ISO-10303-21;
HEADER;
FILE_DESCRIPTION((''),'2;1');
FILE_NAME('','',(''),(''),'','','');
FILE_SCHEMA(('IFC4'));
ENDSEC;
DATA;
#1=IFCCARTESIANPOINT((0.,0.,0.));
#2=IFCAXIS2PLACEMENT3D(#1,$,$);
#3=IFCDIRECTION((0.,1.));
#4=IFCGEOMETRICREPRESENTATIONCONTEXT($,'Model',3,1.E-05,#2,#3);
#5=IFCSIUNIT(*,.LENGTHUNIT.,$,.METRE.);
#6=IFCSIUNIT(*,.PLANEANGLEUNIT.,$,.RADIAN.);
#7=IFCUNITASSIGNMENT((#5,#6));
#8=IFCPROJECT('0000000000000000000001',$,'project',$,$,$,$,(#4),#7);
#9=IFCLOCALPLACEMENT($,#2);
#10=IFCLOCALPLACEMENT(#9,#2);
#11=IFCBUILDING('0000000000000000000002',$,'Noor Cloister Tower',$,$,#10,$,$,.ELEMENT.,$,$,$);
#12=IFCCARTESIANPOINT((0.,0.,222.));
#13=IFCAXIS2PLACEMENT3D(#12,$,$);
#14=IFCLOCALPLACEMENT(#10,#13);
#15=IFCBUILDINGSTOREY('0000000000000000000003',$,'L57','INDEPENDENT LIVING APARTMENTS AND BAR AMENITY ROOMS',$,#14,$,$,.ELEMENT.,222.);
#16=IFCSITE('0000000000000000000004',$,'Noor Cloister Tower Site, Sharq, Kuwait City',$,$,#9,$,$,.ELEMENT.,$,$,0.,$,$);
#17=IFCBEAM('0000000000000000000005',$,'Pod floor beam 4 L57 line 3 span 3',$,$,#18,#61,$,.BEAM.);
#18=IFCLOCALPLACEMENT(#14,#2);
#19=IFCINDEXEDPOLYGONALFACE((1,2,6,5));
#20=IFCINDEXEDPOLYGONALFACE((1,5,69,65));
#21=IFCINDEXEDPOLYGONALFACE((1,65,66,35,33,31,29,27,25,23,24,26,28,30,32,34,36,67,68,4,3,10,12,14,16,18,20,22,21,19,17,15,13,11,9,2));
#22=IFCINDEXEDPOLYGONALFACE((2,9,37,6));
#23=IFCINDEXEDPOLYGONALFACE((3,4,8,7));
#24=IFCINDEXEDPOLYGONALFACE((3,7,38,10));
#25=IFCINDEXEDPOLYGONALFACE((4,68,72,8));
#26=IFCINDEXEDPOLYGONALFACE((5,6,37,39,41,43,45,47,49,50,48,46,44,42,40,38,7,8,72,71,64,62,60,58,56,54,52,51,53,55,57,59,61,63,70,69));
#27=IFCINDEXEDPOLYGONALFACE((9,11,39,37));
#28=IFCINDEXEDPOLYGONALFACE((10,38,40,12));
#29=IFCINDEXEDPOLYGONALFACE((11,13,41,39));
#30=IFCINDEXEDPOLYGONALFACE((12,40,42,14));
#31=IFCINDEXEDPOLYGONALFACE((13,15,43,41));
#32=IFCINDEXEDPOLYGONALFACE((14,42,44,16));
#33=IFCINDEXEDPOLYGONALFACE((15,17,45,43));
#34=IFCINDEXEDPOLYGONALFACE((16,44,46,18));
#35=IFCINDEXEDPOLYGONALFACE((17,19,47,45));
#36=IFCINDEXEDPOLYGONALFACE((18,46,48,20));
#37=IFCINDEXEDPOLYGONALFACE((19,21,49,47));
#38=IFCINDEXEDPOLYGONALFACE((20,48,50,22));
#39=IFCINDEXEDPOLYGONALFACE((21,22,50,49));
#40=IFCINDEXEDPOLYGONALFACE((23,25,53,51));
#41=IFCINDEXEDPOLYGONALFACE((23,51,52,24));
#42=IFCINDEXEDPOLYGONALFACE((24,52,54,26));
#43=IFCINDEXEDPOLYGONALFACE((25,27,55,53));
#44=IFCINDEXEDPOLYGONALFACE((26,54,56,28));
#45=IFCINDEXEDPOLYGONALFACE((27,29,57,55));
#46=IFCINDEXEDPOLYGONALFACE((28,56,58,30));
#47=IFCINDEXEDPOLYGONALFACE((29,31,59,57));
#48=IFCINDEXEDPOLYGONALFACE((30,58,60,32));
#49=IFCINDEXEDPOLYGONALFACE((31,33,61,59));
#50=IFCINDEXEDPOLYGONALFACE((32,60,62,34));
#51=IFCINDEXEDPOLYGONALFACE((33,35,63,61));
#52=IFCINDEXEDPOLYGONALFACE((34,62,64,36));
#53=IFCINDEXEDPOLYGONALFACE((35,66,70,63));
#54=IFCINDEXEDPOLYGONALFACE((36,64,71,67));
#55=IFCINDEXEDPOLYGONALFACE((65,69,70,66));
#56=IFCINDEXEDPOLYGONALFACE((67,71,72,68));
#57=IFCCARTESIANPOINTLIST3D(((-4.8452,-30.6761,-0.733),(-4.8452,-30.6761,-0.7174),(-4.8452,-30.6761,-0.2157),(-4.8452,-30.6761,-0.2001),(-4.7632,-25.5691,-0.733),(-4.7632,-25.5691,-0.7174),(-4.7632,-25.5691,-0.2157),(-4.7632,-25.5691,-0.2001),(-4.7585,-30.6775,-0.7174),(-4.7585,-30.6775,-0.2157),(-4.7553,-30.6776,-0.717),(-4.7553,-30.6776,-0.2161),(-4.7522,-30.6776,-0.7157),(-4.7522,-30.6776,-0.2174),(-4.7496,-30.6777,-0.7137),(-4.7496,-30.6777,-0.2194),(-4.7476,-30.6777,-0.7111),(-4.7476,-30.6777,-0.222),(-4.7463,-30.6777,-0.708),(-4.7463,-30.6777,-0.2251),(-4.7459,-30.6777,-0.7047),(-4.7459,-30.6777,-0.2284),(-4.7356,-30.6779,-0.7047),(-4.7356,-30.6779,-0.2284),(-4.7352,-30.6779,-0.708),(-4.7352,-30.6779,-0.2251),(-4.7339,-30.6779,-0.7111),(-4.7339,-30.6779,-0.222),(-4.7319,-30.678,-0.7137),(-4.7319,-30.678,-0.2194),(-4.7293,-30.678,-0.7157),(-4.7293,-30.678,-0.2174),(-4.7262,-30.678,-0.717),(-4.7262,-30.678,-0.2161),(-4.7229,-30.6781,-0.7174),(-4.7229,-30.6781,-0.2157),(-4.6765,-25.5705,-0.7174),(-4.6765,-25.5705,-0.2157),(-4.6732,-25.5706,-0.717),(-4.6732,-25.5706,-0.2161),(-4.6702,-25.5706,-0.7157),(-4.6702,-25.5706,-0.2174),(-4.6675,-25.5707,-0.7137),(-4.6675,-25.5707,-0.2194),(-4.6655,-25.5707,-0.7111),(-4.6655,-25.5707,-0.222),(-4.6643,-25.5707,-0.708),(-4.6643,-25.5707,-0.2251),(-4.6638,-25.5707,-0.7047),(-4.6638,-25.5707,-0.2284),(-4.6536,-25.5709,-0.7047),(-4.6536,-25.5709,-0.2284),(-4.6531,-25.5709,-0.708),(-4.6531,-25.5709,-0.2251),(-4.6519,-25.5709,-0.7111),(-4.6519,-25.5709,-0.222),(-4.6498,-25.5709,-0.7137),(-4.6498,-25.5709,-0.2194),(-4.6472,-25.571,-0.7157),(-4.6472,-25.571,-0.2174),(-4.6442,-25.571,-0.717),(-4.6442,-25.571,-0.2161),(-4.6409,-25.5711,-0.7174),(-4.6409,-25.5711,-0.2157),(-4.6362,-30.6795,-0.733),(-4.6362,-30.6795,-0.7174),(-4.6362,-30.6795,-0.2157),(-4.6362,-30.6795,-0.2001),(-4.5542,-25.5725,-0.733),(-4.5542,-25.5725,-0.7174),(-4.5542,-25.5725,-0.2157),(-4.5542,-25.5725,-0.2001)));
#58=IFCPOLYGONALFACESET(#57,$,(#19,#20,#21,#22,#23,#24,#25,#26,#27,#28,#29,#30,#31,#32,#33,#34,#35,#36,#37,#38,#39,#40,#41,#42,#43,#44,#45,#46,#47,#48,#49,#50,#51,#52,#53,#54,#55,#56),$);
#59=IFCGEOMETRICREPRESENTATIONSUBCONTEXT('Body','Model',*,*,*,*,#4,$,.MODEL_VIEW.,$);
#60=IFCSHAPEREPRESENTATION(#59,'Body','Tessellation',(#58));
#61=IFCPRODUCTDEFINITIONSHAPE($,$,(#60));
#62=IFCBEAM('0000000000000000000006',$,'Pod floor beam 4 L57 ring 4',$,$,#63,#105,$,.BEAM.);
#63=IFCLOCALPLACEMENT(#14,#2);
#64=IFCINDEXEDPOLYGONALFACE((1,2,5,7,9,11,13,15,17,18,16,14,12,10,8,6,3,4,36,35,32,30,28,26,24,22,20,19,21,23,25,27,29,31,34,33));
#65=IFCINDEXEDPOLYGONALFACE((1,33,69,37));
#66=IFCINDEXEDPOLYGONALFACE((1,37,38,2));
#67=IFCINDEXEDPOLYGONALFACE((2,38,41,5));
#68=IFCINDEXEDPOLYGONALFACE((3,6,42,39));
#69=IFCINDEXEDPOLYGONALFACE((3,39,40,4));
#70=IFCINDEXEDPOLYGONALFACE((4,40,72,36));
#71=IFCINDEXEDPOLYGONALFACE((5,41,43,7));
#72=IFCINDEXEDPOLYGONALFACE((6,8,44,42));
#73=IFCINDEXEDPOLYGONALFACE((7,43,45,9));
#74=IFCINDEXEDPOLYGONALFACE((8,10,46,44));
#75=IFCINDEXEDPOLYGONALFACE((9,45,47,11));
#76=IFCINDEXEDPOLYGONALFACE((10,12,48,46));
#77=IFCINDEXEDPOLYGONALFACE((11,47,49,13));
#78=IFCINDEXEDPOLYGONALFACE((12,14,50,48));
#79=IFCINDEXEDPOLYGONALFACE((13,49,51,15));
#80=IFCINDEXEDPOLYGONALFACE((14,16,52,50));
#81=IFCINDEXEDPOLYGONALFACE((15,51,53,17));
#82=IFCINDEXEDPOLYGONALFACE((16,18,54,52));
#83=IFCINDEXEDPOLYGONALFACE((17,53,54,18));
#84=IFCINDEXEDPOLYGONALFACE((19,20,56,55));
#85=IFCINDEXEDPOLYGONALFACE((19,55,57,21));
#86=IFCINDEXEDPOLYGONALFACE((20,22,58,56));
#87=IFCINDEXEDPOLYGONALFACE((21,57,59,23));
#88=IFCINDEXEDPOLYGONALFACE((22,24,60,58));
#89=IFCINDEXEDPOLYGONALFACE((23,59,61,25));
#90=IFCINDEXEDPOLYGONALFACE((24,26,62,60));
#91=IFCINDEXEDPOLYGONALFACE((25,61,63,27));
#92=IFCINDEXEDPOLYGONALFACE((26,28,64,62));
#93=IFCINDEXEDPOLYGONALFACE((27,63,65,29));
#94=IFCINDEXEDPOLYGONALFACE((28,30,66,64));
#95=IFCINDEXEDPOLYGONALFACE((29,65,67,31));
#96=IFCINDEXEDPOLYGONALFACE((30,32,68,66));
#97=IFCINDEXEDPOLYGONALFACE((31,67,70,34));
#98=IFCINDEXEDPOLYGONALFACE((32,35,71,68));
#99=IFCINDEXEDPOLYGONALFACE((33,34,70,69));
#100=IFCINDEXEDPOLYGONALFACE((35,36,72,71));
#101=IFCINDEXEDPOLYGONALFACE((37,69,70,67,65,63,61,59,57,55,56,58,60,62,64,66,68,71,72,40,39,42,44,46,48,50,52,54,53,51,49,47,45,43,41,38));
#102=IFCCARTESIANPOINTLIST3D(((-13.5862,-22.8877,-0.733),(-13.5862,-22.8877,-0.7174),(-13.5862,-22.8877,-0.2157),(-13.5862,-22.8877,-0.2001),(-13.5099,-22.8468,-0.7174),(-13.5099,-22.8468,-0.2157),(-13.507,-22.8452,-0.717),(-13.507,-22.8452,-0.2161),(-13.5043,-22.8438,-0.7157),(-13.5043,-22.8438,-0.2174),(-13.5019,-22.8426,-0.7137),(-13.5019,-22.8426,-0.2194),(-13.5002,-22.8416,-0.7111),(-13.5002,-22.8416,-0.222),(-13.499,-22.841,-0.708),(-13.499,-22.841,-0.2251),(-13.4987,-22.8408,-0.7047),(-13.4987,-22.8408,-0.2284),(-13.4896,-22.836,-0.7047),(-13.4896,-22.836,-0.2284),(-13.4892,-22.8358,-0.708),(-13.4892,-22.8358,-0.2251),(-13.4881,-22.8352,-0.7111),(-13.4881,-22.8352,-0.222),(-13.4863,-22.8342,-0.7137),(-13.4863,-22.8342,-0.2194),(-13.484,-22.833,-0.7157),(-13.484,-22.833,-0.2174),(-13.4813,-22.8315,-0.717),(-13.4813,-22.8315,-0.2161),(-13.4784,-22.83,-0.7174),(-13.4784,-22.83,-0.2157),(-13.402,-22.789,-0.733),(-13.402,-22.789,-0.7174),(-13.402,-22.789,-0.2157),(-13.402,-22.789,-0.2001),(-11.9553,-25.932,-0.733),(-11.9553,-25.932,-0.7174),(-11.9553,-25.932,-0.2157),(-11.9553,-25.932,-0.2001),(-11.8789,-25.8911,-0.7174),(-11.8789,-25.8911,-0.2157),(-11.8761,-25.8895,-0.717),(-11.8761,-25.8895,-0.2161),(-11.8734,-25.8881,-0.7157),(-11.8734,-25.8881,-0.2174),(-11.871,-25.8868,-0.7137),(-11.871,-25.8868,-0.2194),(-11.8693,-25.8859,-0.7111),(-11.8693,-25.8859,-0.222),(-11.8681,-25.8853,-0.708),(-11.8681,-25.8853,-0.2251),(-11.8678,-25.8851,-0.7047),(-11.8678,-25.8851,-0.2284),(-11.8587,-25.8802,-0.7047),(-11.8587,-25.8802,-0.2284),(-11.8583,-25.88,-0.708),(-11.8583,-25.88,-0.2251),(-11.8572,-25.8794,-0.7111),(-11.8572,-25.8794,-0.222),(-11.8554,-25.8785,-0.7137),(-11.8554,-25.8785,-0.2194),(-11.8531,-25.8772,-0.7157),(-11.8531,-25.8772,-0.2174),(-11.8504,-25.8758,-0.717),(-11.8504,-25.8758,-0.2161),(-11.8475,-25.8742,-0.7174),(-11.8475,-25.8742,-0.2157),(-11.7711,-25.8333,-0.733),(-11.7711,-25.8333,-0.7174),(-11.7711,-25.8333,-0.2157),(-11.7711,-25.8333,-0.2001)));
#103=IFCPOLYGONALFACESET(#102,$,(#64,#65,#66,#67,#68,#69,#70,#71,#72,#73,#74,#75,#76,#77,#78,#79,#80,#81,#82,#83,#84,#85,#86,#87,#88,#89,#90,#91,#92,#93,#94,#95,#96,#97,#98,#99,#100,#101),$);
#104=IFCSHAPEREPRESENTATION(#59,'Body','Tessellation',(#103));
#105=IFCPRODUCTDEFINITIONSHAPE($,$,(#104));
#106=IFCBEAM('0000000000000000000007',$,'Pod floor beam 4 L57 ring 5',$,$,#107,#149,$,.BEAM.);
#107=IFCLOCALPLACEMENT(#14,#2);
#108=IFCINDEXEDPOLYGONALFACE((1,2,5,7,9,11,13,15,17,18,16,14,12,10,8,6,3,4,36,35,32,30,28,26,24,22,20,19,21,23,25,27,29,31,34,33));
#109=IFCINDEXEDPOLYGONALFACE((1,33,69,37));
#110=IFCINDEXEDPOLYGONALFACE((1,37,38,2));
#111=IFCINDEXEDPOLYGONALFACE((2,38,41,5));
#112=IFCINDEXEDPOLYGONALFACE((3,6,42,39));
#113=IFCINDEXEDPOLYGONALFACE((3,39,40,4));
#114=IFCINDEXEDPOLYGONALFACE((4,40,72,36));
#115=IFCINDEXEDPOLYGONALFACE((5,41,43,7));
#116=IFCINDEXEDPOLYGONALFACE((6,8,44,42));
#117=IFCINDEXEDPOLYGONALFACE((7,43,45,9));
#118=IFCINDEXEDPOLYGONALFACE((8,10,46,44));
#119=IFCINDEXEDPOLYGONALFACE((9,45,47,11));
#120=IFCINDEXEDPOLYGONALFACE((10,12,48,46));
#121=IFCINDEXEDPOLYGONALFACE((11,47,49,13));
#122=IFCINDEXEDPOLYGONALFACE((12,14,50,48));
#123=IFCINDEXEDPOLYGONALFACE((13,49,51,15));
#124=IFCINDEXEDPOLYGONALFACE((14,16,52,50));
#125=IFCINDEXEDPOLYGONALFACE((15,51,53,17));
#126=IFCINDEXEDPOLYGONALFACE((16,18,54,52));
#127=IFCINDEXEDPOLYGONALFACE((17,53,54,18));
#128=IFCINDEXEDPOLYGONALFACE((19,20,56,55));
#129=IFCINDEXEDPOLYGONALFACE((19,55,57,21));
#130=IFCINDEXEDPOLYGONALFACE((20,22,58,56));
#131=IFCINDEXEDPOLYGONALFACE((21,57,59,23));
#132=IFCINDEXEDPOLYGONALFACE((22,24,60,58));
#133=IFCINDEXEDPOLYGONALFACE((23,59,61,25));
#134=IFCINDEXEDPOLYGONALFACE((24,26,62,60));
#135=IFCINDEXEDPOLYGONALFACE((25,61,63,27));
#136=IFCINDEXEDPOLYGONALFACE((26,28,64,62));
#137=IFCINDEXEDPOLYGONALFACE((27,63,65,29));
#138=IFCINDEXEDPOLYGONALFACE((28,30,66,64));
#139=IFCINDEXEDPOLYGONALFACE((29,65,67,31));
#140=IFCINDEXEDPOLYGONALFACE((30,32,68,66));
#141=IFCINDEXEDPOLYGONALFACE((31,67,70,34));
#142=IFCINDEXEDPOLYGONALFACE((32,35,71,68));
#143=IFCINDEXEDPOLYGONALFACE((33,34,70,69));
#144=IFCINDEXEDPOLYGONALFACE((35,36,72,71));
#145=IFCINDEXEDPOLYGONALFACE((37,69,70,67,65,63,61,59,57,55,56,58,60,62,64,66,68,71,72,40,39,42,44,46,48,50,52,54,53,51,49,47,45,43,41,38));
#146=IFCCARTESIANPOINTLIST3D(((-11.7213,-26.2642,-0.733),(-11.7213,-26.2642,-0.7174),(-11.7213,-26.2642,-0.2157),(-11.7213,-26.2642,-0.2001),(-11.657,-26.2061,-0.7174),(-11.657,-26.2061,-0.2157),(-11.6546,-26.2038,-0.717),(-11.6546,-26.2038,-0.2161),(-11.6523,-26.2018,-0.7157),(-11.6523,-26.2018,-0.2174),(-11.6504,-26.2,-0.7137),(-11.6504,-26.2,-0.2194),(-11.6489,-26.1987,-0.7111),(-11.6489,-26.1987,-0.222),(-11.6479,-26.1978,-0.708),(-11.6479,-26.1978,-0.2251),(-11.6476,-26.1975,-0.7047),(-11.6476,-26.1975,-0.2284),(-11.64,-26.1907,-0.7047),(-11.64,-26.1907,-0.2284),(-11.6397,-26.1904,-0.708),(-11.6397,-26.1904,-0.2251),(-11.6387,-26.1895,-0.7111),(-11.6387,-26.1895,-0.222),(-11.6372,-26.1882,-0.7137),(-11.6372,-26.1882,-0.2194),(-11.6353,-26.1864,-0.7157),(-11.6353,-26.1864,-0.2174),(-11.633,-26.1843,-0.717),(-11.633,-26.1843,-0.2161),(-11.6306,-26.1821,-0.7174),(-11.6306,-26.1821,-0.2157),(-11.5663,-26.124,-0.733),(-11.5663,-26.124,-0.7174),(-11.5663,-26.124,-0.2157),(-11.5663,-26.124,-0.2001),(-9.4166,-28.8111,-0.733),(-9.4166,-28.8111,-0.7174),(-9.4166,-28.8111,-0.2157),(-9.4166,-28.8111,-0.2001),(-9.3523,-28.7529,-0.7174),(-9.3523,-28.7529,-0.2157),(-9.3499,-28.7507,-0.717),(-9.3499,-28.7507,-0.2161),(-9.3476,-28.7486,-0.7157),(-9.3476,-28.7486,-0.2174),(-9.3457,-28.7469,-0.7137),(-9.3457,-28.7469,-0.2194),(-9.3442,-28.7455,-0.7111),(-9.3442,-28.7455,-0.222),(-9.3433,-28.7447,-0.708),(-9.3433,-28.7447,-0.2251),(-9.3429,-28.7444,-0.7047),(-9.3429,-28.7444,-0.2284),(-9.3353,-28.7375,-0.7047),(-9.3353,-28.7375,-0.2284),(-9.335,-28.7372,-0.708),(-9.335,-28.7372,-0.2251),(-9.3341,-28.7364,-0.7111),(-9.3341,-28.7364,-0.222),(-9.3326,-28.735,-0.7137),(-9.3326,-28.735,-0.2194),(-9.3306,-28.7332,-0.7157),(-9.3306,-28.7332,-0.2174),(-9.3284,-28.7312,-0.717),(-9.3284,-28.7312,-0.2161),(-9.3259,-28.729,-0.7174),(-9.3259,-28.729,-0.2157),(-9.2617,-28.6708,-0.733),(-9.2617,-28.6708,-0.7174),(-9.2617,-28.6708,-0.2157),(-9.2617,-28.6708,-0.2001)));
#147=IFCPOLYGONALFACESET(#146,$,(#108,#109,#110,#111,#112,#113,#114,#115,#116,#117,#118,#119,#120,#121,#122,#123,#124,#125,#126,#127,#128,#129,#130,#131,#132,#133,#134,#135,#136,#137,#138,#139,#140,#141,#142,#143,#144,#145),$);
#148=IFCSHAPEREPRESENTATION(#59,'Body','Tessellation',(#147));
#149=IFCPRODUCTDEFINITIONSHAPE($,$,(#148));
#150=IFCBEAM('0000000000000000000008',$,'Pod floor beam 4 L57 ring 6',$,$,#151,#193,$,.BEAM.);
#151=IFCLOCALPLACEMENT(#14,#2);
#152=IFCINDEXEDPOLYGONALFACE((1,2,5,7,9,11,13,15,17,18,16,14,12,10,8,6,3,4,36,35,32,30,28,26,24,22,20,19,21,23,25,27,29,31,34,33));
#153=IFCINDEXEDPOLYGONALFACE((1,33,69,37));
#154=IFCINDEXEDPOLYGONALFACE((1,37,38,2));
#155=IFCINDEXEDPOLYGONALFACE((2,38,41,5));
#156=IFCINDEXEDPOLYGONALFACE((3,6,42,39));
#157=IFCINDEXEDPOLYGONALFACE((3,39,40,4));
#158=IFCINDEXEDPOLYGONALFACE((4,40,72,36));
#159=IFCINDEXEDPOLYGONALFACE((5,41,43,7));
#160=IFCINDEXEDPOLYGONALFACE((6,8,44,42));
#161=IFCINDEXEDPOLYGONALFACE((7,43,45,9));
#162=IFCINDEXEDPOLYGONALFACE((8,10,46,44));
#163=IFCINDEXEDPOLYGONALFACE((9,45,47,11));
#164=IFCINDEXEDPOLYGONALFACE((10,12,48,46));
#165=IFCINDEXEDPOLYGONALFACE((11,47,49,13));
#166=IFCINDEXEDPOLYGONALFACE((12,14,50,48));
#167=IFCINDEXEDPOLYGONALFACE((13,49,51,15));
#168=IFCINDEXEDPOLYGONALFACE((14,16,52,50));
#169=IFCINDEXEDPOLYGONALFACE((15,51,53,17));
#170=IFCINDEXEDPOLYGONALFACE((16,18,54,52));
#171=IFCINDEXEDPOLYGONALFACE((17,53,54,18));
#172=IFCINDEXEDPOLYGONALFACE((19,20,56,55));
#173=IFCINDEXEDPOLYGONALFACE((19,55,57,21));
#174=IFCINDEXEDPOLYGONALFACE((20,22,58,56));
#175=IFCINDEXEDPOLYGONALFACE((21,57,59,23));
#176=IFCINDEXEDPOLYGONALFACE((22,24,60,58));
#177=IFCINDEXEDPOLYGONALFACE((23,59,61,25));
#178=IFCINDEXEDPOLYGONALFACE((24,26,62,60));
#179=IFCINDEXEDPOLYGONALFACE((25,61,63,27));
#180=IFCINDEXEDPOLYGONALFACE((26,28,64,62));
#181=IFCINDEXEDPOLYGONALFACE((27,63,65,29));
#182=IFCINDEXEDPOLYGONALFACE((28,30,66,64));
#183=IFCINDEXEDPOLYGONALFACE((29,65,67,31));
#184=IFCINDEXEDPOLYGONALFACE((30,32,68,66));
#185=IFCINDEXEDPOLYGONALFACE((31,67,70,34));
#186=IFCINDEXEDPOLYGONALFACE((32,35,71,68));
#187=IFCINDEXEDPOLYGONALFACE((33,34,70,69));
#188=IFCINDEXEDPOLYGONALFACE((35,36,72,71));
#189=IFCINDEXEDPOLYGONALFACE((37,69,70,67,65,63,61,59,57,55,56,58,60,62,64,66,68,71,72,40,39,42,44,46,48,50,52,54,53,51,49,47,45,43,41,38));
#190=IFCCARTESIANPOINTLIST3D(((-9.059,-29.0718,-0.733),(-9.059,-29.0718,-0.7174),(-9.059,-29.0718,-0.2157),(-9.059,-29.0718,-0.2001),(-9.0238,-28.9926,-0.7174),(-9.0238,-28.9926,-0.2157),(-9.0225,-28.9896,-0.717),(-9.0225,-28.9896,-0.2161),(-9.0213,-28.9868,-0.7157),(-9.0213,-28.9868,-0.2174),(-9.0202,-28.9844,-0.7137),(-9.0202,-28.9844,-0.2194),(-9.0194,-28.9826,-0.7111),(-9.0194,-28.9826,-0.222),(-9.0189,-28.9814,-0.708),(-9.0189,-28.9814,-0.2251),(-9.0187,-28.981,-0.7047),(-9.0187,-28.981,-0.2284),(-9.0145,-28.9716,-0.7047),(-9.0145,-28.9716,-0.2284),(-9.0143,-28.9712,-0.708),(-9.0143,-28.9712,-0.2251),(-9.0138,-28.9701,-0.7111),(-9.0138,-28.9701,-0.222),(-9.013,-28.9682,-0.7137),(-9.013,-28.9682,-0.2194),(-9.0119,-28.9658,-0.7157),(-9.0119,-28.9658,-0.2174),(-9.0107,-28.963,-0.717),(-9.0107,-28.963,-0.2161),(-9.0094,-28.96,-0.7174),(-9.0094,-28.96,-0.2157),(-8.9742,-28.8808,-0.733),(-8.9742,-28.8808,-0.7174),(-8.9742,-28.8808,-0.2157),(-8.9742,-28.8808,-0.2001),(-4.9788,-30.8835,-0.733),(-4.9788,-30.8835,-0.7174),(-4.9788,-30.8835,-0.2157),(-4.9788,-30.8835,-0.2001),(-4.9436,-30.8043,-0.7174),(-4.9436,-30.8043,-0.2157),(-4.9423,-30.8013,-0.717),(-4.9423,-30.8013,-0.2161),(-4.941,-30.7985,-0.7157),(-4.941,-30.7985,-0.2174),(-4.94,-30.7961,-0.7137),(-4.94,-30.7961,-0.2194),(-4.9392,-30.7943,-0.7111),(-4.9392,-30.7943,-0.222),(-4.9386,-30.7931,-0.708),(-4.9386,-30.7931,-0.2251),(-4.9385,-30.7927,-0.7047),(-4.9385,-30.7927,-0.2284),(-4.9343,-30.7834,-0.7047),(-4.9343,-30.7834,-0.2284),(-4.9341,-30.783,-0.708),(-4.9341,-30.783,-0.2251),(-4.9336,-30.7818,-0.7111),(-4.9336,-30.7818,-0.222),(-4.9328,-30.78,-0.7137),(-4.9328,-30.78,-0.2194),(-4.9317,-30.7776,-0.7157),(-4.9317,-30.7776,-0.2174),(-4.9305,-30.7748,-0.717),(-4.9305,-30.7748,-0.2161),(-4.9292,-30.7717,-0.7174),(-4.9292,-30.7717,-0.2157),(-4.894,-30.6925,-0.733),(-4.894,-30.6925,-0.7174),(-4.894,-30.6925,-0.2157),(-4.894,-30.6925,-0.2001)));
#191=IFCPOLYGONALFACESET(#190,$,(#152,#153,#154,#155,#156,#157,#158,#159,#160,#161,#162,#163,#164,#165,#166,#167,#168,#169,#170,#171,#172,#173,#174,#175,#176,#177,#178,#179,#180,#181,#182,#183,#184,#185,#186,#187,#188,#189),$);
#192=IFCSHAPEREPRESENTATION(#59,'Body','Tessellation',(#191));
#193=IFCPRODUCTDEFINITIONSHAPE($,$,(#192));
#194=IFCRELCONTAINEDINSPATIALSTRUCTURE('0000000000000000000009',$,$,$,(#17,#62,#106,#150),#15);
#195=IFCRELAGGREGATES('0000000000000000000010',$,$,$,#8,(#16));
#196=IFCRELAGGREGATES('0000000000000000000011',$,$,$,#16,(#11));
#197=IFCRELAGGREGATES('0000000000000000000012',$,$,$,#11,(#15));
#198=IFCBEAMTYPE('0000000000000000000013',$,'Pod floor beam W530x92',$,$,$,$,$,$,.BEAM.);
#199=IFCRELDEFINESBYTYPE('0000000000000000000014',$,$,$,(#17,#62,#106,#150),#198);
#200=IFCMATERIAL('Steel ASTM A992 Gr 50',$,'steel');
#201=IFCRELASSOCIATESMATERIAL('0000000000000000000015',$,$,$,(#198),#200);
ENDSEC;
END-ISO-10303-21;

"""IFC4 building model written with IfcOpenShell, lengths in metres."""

from ifc_helpers import new_model, si_unit, direction, frame, origin, origin_2d, place, context, subcontext, project, spatial, i_section, extrude, material, material_profile, profile_set, type_object, element, save


model = new_model("IFC4")

# Units and contexts
model_context = context("Model", 3, precision=1e-05, world=origin(), true_north=direction((0.0, 1.0)))
body_context = subcontext(model_context, "Body", "Model", "MODEL_VIEW")
ifc_project = project(units=[si_unit("LENGTHUNIT", "METRE"), si_unit("PLANEANGLEUNIT", "RADIAN")], contexts=[model_context])

# Site, building, storey
site_placement = place(None, origin())
site = spatial("IfcSite", under=ifc_project, at=site_placement, Name="Noor Cloister Tower Site, Sharq, Kuwait City", CompositionType="ELEMENT", RefElevation=0.0)
building_placement = place(site_placement, origin())
building = spatial("IfcBuilding", under=site, at=building_placement, Name="Noor Cloister Tower", CompositionType="ELEMENT")
storey_placement = place(building_placement, frame((0.0, 0.0, 222.0)))
storey = spatial("IfcBuildingStorey", under=building, at=storey_placement, Name="L57", Description="INDEPENDENT LIVING APARTMENTS AND BAR AMENITY ROOMS", CompositionType="ELEMENT", Elevation=222.0)

# Beams
ifc_material_1 = material(Name="Steel ASTM A992 Gr 50", Category="steel")
ifc_material_profile_1 = material_profile(ifc_material_1, i_section(OverallWidth=0.209, OverallDepth=0.533, WebThickness=0.0103, FlangeThickness=0.0156, FilletRadius=0.0127, at=origin_2d()), Name="W530x92")
ifc_profile_set_1 = profile_set([ifc_material_profile_1], Name="Steel ASTM A992 Gr 50")
beam_type = type_object("IfcBeamType", Name="Pod floor beam W530x92", PredefinedType="BEAM", material=ifc_profile_set_1)
beam_1_placement = place(storey_placement, frame((-4.6587, -25.5708, -0.4666), z_axis=(-0.016061, -0.999871, 0.0), x_axis=(0.999871, -0.016061, 0.0)))
element("IfcBeam", 1, at=beam_1_placement, inside=storey, type_object=beam_type, Name="Pod floor beam 4 L57 line 3 span 3", PredefinedType="BEAM", context=body_context, shape_type="SweptSolid", body=[
    extrude(i_section(OverallWidth=0.209, OverallDepth=0.533, WebThickness=0.0103, FlangeThickness=0.0156, FilletRadius=0.0127, at=origin_2d()), origin(), (0.0, 0.0, 1.0), 5.1077),
])
beam_2_placement = place(storey_placement, frame((-13.4941, -22.8384, -0.4666), z_axis=(0.472231, -0.881475, 0.0), x_axis=(0.881475, 0.472231, 0.0)))
element("IfcBeam", 2, at=beam_2_placement, inside=storey, type_object=beam_type, Name="Pod floor beam 4 L57 ring 4", PredefinedType="BEAM", context=body_context, shape_type="SweptSolid", body=[
    extrude(i_section(OverallWidth=0.209, OverallDepth=0.533, WebThickness=0.0103, FlangeThickness=0.0156, FilletRadius=0.0127, at=origin_2d()), origin(), (0.0, 0.0, 1.0), 3.4536),
])
beam_3_placement = place(storey_placement, frame((-11.6438, -26.1941, -0.4666), z_axis=(0.670973, -0.741482, 0.0), x_axis=(0.741482, 0.670973, 0.0)))
element("IfcBeam", 3, at=beam_3_placement, inside=storey, type_object=beam_type, Name="Pod floor beam 4 L57 ring 5", PredefinedType="BEAM", context=body_context, shape_type="SweptSolid", body=[
    extrude(i_section(OverallWidth=0.209, OverallDepth=0.533, WebThickness=0.0103, FlangeThickness=0.0156, FilletRadius=0.0127, at=origin_2d()), origin(), (0.0, 0.0, 1.0), 3.4348),
])
beam_4_placement = place(storey_placement, frame((-9.0166, -28.9763, -0.4666), z_axis=(0.913954, -0.405819, 0.0), x_axis=(0.405819, 0.913954, 0.0)))
element("IfcBeam", 4, at=beam_4_placement, inside=storey, type_object=beam_type, Name="Pod floor beam 4 L57 ring 6", PredefinedType="BEAM", context=body_context, shape_type="SweptSolid", body=[
    extrude(i_section(OverallWidth=0.209, OverallDepth=0.533, WebThickness=0.0103, FlangeThickness=0.0156, FilletRadius=0.0127, at=origin_2d()), origin(), (0.0, 0.0, 1.0), 4.4644),
])

save(model, "model.ifc")
